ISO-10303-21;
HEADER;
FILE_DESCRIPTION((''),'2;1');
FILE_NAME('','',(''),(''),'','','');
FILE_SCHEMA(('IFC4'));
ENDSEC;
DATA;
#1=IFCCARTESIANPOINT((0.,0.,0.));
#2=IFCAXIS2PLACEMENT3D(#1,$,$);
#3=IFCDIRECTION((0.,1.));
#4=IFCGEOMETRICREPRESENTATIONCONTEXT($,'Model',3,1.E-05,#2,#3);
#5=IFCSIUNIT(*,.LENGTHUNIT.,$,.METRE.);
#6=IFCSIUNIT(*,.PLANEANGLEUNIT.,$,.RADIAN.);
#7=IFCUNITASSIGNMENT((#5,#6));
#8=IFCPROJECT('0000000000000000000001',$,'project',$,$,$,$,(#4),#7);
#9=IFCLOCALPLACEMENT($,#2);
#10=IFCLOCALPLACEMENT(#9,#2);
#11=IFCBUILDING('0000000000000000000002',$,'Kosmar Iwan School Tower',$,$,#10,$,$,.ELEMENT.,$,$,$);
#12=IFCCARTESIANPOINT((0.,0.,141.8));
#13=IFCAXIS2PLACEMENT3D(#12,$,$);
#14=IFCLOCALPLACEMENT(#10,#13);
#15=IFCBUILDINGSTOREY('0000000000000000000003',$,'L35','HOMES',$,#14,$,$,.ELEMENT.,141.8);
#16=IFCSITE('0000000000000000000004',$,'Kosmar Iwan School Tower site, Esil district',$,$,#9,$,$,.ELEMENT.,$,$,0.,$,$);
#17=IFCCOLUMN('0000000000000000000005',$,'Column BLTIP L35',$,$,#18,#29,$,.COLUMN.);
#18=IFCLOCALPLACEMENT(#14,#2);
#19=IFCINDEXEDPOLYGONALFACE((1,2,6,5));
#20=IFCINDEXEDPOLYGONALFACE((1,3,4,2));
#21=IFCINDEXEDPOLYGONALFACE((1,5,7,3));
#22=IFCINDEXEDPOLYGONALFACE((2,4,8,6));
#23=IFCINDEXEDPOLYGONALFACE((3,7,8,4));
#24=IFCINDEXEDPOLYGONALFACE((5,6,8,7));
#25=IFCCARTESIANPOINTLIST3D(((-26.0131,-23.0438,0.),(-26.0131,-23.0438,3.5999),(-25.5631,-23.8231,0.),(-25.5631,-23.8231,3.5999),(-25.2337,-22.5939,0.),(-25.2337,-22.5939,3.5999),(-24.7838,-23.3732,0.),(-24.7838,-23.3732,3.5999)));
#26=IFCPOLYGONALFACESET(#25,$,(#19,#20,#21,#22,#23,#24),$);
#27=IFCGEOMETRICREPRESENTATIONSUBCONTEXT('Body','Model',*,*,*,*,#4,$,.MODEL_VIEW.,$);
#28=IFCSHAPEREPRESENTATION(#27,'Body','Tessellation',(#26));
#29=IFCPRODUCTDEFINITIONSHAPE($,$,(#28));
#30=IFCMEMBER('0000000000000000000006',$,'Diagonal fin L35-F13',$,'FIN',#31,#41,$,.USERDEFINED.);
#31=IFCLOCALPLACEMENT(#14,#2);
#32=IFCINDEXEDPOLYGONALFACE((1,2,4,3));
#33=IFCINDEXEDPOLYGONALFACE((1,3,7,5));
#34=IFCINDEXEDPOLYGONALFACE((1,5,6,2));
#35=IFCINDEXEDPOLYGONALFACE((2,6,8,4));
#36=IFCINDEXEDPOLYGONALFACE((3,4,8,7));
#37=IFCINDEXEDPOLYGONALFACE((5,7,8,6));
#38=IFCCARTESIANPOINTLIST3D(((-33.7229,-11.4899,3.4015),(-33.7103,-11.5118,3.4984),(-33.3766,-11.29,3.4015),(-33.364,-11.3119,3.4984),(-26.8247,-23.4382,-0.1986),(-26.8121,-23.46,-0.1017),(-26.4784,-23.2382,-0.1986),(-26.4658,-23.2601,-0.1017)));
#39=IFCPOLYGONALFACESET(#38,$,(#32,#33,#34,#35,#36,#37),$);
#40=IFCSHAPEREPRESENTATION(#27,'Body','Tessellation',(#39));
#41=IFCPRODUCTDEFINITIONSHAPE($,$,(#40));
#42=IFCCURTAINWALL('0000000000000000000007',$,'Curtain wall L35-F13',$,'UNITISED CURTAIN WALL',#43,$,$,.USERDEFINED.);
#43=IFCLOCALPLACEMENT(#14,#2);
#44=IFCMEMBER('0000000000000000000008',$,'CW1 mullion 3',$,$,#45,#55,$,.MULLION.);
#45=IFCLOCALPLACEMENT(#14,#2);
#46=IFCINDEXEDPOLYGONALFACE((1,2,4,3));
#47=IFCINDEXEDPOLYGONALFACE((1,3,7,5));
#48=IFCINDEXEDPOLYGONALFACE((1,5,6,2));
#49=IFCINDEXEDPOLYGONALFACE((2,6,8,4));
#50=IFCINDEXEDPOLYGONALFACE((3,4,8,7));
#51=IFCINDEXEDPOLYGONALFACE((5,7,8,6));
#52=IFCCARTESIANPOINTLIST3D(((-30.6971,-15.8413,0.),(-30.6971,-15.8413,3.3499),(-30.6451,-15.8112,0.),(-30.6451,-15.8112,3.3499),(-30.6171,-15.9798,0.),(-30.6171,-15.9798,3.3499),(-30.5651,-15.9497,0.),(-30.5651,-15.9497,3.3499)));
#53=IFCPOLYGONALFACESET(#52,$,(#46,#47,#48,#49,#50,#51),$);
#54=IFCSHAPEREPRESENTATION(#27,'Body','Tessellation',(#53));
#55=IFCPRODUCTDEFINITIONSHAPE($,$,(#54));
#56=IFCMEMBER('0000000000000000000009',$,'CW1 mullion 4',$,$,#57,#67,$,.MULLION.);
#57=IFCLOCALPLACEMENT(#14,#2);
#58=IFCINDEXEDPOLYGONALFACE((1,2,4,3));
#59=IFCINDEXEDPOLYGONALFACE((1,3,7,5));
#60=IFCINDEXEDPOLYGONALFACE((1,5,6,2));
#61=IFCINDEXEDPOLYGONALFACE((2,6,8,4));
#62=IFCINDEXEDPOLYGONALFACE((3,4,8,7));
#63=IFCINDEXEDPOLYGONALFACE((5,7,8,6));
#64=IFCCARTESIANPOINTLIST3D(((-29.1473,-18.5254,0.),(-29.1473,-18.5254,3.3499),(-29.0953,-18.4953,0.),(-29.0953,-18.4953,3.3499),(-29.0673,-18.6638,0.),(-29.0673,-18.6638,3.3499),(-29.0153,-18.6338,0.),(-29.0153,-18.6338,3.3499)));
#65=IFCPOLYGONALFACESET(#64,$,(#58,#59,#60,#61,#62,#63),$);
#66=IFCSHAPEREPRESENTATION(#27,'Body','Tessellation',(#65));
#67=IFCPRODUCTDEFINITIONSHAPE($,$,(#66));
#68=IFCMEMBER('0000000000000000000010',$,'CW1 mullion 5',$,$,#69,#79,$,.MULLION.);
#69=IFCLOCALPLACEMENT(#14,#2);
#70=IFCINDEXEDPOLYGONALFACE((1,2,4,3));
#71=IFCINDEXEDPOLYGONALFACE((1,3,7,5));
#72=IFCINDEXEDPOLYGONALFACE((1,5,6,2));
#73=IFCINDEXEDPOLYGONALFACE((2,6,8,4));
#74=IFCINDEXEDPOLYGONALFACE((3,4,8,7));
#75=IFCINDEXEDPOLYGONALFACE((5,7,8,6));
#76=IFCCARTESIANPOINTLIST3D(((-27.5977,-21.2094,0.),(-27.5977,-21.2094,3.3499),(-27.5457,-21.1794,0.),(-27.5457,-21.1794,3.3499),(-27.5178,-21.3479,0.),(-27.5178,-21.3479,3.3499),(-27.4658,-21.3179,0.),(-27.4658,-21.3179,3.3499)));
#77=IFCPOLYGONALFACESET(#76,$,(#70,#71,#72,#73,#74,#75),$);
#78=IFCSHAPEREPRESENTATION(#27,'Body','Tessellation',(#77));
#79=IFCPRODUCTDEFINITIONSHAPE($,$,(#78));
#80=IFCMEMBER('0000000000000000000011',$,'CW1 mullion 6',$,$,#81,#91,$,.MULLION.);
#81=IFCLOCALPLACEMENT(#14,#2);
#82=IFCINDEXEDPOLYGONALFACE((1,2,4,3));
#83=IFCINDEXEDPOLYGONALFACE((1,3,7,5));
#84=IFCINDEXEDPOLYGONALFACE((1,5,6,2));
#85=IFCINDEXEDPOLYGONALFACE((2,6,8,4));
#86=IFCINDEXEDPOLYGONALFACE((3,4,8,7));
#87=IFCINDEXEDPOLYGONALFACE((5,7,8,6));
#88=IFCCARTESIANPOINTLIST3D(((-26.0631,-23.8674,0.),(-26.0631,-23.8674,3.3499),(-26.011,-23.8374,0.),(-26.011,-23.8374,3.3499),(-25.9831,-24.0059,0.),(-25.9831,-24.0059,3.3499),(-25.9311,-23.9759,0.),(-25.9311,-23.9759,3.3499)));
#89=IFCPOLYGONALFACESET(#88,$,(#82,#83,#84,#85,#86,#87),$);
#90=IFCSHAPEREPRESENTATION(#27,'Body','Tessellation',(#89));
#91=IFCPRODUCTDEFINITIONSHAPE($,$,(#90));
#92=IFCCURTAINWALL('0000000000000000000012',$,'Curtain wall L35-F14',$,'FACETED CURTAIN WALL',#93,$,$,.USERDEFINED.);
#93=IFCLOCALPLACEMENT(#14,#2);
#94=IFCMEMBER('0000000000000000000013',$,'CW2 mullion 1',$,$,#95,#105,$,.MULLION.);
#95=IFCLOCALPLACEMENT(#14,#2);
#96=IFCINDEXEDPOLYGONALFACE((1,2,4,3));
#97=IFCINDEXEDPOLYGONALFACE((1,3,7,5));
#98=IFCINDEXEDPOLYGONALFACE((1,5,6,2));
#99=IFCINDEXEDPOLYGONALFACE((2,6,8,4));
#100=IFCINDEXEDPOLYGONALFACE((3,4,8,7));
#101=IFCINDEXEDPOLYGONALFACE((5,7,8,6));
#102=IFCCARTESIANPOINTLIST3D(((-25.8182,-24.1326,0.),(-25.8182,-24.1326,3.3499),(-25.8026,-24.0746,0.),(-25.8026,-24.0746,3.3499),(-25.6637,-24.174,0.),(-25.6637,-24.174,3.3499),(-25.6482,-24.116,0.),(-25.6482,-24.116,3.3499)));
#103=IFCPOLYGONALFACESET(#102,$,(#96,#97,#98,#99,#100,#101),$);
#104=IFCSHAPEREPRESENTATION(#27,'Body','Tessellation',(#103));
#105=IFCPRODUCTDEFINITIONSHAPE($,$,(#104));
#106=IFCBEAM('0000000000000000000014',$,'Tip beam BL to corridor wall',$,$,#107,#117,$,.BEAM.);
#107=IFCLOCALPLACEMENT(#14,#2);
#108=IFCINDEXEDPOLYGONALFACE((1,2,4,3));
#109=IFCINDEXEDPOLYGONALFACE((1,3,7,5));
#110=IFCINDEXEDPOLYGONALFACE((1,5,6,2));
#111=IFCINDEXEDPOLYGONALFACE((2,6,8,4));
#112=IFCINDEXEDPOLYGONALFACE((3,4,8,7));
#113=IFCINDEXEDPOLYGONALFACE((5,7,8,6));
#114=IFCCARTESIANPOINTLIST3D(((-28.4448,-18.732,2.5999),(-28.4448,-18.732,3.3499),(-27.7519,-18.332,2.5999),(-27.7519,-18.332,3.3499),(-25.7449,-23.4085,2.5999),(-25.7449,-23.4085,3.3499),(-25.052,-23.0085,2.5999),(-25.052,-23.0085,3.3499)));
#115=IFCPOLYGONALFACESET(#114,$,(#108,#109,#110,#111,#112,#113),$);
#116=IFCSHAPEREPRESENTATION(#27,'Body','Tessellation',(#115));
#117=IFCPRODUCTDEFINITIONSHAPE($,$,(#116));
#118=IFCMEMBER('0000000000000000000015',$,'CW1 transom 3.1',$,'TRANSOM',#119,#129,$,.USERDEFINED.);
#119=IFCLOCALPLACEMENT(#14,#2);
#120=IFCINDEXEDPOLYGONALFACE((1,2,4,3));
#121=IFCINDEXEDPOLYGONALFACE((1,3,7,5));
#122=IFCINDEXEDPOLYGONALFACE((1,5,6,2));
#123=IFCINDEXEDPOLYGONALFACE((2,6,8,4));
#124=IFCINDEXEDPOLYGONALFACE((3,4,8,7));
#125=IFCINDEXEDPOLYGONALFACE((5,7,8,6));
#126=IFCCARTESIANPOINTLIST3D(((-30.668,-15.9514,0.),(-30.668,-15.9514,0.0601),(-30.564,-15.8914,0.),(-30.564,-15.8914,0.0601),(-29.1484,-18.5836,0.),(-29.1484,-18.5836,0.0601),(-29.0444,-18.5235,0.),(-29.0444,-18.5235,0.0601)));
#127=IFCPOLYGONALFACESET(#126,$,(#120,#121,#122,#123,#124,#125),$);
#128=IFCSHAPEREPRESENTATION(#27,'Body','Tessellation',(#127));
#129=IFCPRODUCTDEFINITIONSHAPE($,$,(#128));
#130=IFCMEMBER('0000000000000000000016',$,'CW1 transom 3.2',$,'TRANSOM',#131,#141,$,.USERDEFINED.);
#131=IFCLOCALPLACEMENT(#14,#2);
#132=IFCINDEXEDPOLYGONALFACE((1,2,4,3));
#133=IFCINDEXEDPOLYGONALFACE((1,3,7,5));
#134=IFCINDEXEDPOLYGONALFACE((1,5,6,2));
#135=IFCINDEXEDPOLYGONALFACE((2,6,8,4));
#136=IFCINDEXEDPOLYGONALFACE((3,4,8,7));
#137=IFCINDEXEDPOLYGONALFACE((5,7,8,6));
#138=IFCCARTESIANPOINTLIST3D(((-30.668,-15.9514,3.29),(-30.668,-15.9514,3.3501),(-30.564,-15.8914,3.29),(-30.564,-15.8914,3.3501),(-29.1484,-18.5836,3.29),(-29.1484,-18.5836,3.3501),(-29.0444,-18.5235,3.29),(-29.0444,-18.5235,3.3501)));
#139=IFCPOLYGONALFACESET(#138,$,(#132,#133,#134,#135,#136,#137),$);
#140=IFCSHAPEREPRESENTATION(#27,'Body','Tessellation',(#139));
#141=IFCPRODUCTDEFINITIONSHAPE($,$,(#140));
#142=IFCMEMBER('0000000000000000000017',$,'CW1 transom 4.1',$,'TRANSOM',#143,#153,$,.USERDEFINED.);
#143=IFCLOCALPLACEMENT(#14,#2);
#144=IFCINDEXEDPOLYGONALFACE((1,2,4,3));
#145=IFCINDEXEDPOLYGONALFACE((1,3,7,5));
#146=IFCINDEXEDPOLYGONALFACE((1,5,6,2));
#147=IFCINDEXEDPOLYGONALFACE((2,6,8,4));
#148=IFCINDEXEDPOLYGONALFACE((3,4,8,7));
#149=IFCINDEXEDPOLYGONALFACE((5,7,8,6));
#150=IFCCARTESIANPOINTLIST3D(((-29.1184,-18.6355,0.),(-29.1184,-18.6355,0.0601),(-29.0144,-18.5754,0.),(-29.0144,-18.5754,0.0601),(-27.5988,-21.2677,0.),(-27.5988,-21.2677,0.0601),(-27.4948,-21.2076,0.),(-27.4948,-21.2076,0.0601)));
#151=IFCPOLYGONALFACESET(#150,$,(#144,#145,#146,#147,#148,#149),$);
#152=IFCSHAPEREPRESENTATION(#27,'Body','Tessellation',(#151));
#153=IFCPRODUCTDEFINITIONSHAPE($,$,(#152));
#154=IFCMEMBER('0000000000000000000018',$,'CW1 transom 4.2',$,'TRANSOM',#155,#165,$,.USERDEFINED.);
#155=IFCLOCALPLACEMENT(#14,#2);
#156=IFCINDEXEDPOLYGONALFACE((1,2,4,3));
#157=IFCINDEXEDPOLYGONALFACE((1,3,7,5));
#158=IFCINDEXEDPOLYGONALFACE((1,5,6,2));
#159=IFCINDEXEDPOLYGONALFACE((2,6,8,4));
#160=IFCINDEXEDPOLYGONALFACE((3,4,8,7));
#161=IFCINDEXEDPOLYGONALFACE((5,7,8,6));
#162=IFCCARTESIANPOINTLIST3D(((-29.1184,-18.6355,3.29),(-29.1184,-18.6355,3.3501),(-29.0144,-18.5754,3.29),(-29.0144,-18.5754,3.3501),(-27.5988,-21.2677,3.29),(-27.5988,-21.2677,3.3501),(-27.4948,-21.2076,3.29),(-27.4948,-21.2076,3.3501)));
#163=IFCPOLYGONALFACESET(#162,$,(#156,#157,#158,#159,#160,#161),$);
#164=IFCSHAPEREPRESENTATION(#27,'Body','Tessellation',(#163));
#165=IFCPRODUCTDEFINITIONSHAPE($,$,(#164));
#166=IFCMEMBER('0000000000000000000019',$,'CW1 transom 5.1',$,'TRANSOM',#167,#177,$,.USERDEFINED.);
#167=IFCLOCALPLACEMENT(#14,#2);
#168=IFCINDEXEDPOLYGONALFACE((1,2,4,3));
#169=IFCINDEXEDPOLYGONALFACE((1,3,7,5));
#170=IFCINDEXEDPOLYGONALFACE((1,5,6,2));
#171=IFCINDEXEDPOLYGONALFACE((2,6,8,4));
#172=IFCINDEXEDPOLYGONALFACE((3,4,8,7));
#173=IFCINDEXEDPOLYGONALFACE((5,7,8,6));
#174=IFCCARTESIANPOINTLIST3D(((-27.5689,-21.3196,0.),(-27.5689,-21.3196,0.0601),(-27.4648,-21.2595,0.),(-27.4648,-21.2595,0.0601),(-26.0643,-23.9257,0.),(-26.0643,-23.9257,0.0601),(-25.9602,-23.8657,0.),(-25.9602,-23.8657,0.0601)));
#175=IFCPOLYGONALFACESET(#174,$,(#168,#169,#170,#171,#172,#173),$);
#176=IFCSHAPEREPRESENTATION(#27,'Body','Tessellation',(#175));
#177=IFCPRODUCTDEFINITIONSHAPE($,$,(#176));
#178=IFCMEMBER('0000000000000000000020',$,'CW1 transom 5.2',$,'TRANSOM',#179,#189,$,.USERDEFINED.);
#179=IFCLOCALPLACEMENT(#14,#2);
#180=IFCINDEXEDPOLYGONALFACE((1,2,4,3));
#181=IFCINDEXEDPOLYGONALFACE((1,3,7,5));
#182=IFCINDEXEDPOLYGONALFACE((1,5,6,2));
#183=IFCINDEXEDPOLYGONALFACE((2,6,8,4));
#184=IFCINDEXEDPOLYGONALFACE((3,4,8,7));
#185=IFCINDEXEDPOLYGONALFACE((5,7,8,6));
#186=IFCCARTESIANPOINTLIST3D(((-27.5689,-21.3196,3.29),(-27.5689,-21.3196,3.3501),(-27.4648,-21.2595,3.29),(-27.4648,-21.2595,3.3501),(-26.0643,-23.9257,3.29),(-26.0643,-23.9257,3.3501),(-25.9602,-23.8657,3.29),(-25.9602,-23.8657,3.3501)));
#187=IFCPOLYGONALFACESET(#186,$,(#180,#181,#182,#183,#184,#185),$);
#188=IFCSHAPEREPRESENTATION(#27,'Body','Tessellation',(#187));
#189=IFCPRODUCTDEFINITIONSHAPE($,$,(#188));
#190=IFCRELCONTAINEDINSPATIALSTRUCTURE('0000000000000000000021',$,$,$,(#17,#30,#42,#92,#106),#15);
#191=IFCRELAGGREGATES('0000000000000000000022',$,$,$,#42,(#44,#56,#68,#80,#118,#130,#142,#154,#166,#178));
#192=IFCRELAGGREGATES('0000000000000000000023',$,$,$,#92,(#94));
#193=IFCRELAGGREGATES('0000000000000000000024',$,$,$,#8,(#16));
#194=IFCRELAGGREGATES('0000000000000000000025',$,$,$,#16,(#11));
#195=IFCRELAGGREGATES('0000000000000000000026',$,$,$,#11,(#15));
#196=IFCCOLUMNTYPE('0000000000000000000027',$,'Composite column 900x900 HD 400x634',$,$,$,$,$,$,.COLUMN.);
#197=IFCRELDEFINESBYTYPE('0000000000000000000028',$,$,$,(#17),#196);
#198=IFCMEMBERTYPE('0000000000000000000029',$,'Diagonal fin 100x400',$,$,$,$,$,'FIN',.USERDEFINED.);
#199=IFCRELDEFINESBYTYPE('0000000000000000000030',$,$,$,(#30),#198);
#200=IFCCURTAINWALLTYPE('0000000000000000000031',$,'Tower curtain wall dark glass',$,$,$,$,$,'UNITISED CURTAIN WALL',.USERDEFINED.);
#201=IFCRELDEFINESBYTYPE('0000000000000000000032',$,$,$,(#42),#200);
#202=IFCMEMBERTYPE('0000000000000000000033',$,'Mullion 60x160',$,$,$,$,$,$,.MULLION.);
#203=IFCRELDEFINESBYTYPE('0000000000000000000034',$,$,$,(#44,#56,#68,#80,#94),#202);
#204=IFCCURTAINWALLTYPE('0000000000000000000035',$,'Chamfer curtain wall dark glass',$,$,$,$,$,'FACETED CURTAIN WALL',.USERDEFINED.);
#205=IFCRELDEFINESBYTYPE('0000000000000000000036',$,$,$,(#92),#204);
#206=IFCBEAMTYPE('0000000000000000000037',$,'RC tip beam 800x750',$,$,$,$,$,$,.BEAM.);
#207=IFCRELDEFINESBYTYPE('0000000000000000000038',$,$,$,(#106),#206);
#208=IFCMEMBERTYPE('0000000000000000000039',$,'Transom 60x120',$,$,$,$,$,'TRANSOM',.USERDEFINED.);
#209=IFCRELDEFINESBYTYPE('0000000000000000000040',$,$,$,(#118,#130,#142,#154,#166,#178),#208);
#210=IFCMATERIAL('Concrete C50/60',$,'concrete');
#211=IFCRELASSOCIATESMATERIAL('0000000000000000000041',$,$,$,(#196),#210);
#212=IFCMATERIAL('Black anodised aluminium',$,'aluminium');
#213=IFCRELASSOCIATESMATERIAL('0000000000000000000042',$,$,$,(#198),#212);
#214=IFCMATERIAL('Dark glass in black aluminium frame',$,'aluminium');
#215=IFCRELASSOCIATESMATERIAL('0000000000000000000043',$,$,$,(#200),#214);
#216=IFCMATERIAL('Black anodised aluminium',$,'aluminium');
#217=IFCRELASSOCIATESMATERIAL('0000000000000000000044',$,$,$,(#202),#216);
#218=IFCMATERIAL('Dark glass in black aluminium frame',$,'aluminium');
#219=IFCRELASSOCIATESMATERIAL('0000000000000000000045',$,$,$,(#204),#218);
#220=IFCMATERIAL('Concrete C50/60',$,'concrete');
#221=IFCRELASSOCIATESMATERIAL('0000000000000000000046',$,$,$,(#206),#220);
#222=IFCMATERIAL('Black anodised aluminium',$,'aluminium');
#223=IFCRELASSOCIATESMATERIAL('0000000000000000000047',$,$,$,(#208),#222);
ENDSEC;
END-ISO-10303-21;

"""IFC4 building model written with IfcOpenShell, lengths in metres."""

from ifc_helpers import new_model, si_unit, direction, frame, origin, origin_2d, place, context, subcontext, project, spatial, rectangle, extrude, material, material_profile, profile_set, type_object, element, aggregate, save


model = new_model("IFC4")

# Units and contexts
model_context = context("Model", 3, precision=1e-05, world=origin(), true_north=direction((0.0, 1.0)))
body_context = subcontext(model_context, "Body", "Model", "MODEL_VIEW")
ifc_project = project(units=[si_unit("LENGTHUNIT", "METRE"), si_unit("PLANEANGLEUNIT", "RADIAN")], contexts=[model_context])

# Site, building, storey
site_placement = place(None, origin())
site = spatial("IfcSite", under=ifc_project, at=site_placement, Name="Kosmar Iwan School Tower site, Esil district", CompositionType="ELEMENT", RefElevation=0.0)
building_placement = place(site_placement, origin())
building = spatial("IfcBuilding", under=site, at=building_placement, Name="Kosmar Iwan School Tower", CompositionType="ELEMENT")
storey_placement = place(building_placement, frame((0.0, 0.0, 141.8)))
storey = spatial("IfcBuildingStorey", under=building, at=storey_placement, Name="L35", Description="HOMES", CompositionType="ELEMENT", Elevation=141.8)

# Column
ifc_material_1 = material(Name="Concrete C50/60", Category="concrete")
ifc_material_profile_1 = material_profile(ifc_material_1, rectangle(XDim=0.8999, YDim=0.8999, at=origin_2d()), Name="RC 900x900 + HD 400x634")
ifc_profile_set_1 = profile_set([ifc_material_profile_1], Name="Concrete C50/60")
column_type = type_object("IfcColumnType", Name="Composite column 900x900 HD 400x634", PredefinedType="COLUMN", material=ifc_profile_set_1)
column_placement = place(storey_placement, frame((-25.3984, -23.2085, 0.0), z_axis=(0.0, 0.0, 1.0), x_axis=(-0.866025, -0.5, 0.0)))
element("IfcColumn", 1, at=column_placement, inside=storey, type_object=column_type, Name="Column BLTIP L35", PredefinedType="COLUMN", context=body_context, shape_type="SweptSolid", body=[
    extrude(rectangle(XDim=0.8999, YDim=0.8999, at=origin_2d()), origin(), (0.0, 0.0, 1.0), 3.5999),
])

# Member
ifc_material_2 = material(Name="Black anodised aluminium", Category="aluminium")
ifc_material_profile_2 = material_profile(ifc_material_2, rectangle(XDim=0.1001, YDim=0.3999, at=origin_2d()), Name="FIN 100x400")
ifc_profile_set_2 = profile_set([ifc_material_profile_2], Name="Black anodised aluminium")
member_type_1 = type_object("IfcMemberType", Name="Diagonal fin 100x400", ElementType="FIN", PredefinedType="USERDEFINED", material=ifc_profile_set_2)
member_1_placement = place(storey_placement, frame((-26.6453, -23.3491, -0.1501), z_axis=(-0.483793, 0.83797, 0.252487), x_axis=(0.126242, -0.218661, 0.9676)))
element("IfcMember", 2, at=member_1_placement, inside=storey, type_object=member_type_1, Name="Diagonal fin L35-F13", ObjectType="FIN", PredefinedType="USERDEFINED", context=body_context, shape_type="SweptSolid", body=[
    extrude(rectangle(XDim=0.1001, YDim=0.3999, at=origin_2d()), origin(), (0.0, 0.0, 1.0), 14.2585),
])

# Curtain wall, members
ifc_material_3 = material(Name="Dark glass in black aluminium frame", Category="aluminium")
curtain_wall_type_1 = type_object("IfcCurtainWallType", Name="Tower curtain wall dark glass", ElementType="UNITISED CURTAIN WALL", PredefinedType="USERDEFINED", material=ifc_material_3)
curtain_wall_1_placement = place(storey_placement, origin())
curtain_wall_1 = element("IfcCurtainWall", 3, at=curtain_wall_1_placement, inside=storey, type_object=curtain_wall_type_1, Name="Curtain wall L35-F13", ObjectType="UNITISED CURTAIN WALL", PredefinedType="USERDEFINED")
ifc_material_4 = material(Name="Black anodised aluminium", Category="aluminium")
ifc_material_profile_3 = material_profile(ifc_material_4, rectangle(XDim=0.0601, YDim=0.1599, at=origin_2d()), Name="MULLION 60x160")
ifc_profile_set_3 = profile_set([ifc_material_profile_3], Name="Black anodised aluminium")
member_type_2 = type_object("IfcMemberType", Name="Mullion 60x160", PredefinedType="MULLION", material=ifc_profile_set_3)
member_2_placement = place(storey_placement, frame((-30.6311, -15.8955, 0.0), z_axis=(0.0, 0.0, 1.0), x_axis=(0.866025, 0.5, 0.0)))
member_2 = element("IfcMember", 4, at=member_2_placement, type_object=member_type_2, Name="CW1 mullion 3", PredefinedType="MULLION", context=body_context, shape_type="SweptSolid", body=[
    extrude(rectangle(XDim=0.0601, YDim=0.1599, at=origin_2d()), origin(), (0.0, 0.0, 1.0), 3.3499),
])
member_3_placement = place(storey_placement, frame((-29.0813, -18.5796, 0.0), z_axis=(0.0, 0.0, 1.0), x_axis=(0.866025, 0.5, 0.0)))
member_3 = element("IfcMember", 5, at=member_3_placement, type_object=member_type_2, Name="CW1 mullion 4", PredefinedType="MULLION", context=body_context, shape_type="SweptSolid", body=[
    extrude(rectangle(XDim=0.0601, YDim=0.1599, at=origin_2d()), origin(), (0.0, 0.0, 1.0), 3.3499),
])
member_4_placement = place(storey_placement, frame((-27.5317, -21.2637, 0.0), z_axis=(0.0, 0.0, 1.0), x_axis=(0.866025, 0.5, 0.0)))
member_4 = element("IfcMember", 6, at=member_4_placement, type_object=member_type_2, Name="CW1 mullion 5", PredefinedType="MULLION", context=body_context, shape_type="SweptSolid", body=[
    extrude(rectangle(XDim=0.0601, YDim=0.1599, at=origin_2d()), origin(), (0.0, 0.0, 1.0), 3.3499),
])
member_5_placement = place(storey_placement, frame((-25.9971, -23.9216, 0.0), z_axis=(0.0, 0.0, 1.0), x_axis=(0.866025, 0.5, 0.0)))
member_5 = element("IfcMember", 7, at=member_5_placement, type_object=member_type_2, Name="CW1 mullion 6", PredefinedType="MULLION", context=body_context, shape_type="SweptSolid", body=[
    extrude(rectangle(XDim=0.0601, YDim=0.1599, at=origin_2d()), origin(), (0.0, 0.0, 1.0), 3.3499),
])

# Curtain wall, member
ifc_material_5 = material(Name="Dark glass in black aluminium frame", Category="aluminium")
curtain_wall_type_2 = type_object("IfcCurtainWallType", Name="Chamfer curtain wall dark glass", ElementType="FACETED CURTAIN WALL", PredefinedType="USERDEFINED", material=ifc_material_5)
curtain_wall_2_placement = place(storey_placement, origin())
curtain_wall_2 = element("IfcCurtainWall", 8, at=curtain_wall_2_placement, inside=storey, type_object=curtain_wall_type_2, Name="Curtain wall L35-F14", ObjectType="FACETED CURTAIN WALL", PredefinedType="USERDEFINED")
member_6_placement = place(storey_placement, frame((-25.7332, -24.1243, 0.0), z_axis=(0.0, 0.0, 1.0), x_axis=(0.258819, 0.965926, 0.0)))
member_6 = element("IfcMember", 9, at=member_6_placement, type_object=member_type_2, Name="CW2 mullion 1", PredefinedType="MULLION", context=body_context, shape_type="SweptSolid", body=[
    extrude(rectangle(XDim=0.0601, YDim=0.1599, at=origin_2d()), origin(), (0.0, 0.0, 1.0), 3.3499),
])

# Beam
ifc_material_6 = material(Name="Concrete C50/60", Category="concrete")
ifc_material_profile_4 = material_profile(ifc_material_6, rectangle(XDim=0.8, YDim=0.75, at=origin_2d()), Name="RC 800x750")
ifc_profile_set_4 = profile_set([ifc_material_profile_4], Name="Concrete C50/60")
beam_type = type_object("IfcBeamType", Name="RC tip beam 800x750", PredefinedType="BEAM", material=ifc_profile_set_4)
beam_placement = place(storey_placement, frame((-25.3984, -23.2085, 2.9749), z_axis=(-0.499995, 0.866028, 0.0), x_axis=(-0.866028, -0.499995, 0.0)))
element("IfcBeam", 10, at=beam_placement, inside=storey, type_object=beam_type, Name="Tip beam BL to corridor wall", PredefinedType="BEAM", context=body_context, shape_type="SweptSolid", body=[
    extrude(rectangle(XDim=0.8, YDim=0.75, at=origin_2d()), origin(), (0.0, 0.0, 1.0), 5.3999),
])

# Members
ifc_material_7 = material(Name="Black anodised aluminium", Category="aluminium")
ifc_material_profile_5 = material_profile(ifc_material_7, rectangle(XDim=0.1201, YDim=0.0601, at=origin_2d()), Name="TRANSOM 60x120")
ifc_profile_set_5 = profile_set([ifc_material_profile_5], Name="Black anodised aluminium")
member_type_3 = type_object("IfcMemberType", Name="Transom 60x120", ElementType="TRANSOM", PredefinedType="USERDEFINED", material=ifc_profile_set_5)
member_7_placement = place(storey_placement, frame((-30.616, -15.9214, 0.03), z_axis=(0.499975, -0.86604, 0.0), x_axis=(0.86604, 0.499975, 0.0)))
member_7 = element("IfcMember", 11, at=member_7_placement, type_object=member_type_3, Name="CW1 transom 3.1", ObjectType="TRANSOM", PredefinedType="USERDEFINED", context=body_context, shape_type="SweptSolid", body=[
    extrude(rectangle(XDim=0.1201, YDim=0.0601, at=origin_2d()), origin(), (0.0, 0.0, 1.0), 3.0393),
])
member_8_placement = place(storey_placement, frame((-30.616, -15.9214, 3.3201), z_axis=(0.499975, -0.86604, 0.0), x_axis=(0.86604, 0.499975, 0.0)))
member_8 = element("IfcMember", 12, at=member_8_placement, type_object=member_type_3, Name="CW1 transom 3.2", ObjectType="TRANSOM", PredefinedType="USERDEFINED", context=body_context, shape_type="SweptSolid", body=[
    extrude(rectangle(XDim=0.1201, YDim=0.0601, at=origin_2d()), origin(), (0.0, 0.0, 1.0), 3.0393),
])
member_9_placement = place(storey_placement, frame((-29.0664, -18.6055, 0.03), z_axis=(0.499975, -0.86604, 0.0), x_axis=(0.86604, 0.499975, 0.0)))
member_9 = element("IfcMember", 13, at=member_9_placement, type_object=member_type_3, Name="CW1 transom 4.1", ObjectType="TRANSOM", PredefinedType="USERDEFINED", context=body_context, shape_type="SweptSolid", body=[
    extrude(rectangle(XDim=0.1201, YDim=0.0601, at=origin_2d()), origin(), (0.0, 0.0, 1.0), 3.0393),
])
member_10_placement = place(storey_placement, frame((-29.0664, -18.6055, 3.3201), z_axis=(0.499975, -0.86604, 0.0), x_axis=(0.86604, 0.499975, 0.0)))
member_10 = element("IfcMember", 14, at=member_10_placement, type_object=member_type_3, Name="CW1 transom 4.2", ObjectType="TRANSOM", PredefinedType="USERDEFINED", context=body_context, shape_type="SweptSolid", body=[
    extrude(rectangle(XDim=0.1201, YDim=0.0601, at=origin_2d()), origin(), (0.0, 0.0, 1.0), 3.0393),
])
member_11_placement = place(storey_placement, frame((-27.5168, -21.2896, 0.03), z_axis=(0.499987, -0.866033, 0.0), x_axis=(0.866033, 0.499987, 0.0)))
member_11 = element("IfcMember", 15, at=member_11_placement, type_object=member_type_3, Name="CW1 transom 5.1", ObjectType="TRANSOM", PredefinedType="USERDEFINED", context=body_context, shape_type="SweptSolid", body=[
    extrude(rectangle(XDim=0.1201, YDim=0.0601, at=origin_2d()), origin(), (0.0, 0.0, 1.0), 3.0093),
])
member_12_placement = place(storey_placement, frame((-27.5168, -21.2896, 3.3201), z_axis=(0.499987, -0.866033, 0.0), x_axis=(0.866033, 0.499987, 0.0)))
member_12 = element("IfcMember", 16, at=member_12_placement, type_object=member_type_3, Name="CW1 transom 5.2", ObjectType="TRANSOM", PredefinedType="USERDEFINED", context=body_context, shape_type="SweptSolid", body=[
    extrude(rectangle(XDim=0.1201, YDim=0.0601, at=origin_2d()), origin(), (0.0, 0.0, 1.0), 3.0093),
])

aggregate(curtain_wall_1, [member_2, member_3, member_4, member_5, member_7, member_8, member_9, member_10, member_11, member_12])
aggregate(curtain_wall_2, [member_6])

save(model, "model.ifc")
